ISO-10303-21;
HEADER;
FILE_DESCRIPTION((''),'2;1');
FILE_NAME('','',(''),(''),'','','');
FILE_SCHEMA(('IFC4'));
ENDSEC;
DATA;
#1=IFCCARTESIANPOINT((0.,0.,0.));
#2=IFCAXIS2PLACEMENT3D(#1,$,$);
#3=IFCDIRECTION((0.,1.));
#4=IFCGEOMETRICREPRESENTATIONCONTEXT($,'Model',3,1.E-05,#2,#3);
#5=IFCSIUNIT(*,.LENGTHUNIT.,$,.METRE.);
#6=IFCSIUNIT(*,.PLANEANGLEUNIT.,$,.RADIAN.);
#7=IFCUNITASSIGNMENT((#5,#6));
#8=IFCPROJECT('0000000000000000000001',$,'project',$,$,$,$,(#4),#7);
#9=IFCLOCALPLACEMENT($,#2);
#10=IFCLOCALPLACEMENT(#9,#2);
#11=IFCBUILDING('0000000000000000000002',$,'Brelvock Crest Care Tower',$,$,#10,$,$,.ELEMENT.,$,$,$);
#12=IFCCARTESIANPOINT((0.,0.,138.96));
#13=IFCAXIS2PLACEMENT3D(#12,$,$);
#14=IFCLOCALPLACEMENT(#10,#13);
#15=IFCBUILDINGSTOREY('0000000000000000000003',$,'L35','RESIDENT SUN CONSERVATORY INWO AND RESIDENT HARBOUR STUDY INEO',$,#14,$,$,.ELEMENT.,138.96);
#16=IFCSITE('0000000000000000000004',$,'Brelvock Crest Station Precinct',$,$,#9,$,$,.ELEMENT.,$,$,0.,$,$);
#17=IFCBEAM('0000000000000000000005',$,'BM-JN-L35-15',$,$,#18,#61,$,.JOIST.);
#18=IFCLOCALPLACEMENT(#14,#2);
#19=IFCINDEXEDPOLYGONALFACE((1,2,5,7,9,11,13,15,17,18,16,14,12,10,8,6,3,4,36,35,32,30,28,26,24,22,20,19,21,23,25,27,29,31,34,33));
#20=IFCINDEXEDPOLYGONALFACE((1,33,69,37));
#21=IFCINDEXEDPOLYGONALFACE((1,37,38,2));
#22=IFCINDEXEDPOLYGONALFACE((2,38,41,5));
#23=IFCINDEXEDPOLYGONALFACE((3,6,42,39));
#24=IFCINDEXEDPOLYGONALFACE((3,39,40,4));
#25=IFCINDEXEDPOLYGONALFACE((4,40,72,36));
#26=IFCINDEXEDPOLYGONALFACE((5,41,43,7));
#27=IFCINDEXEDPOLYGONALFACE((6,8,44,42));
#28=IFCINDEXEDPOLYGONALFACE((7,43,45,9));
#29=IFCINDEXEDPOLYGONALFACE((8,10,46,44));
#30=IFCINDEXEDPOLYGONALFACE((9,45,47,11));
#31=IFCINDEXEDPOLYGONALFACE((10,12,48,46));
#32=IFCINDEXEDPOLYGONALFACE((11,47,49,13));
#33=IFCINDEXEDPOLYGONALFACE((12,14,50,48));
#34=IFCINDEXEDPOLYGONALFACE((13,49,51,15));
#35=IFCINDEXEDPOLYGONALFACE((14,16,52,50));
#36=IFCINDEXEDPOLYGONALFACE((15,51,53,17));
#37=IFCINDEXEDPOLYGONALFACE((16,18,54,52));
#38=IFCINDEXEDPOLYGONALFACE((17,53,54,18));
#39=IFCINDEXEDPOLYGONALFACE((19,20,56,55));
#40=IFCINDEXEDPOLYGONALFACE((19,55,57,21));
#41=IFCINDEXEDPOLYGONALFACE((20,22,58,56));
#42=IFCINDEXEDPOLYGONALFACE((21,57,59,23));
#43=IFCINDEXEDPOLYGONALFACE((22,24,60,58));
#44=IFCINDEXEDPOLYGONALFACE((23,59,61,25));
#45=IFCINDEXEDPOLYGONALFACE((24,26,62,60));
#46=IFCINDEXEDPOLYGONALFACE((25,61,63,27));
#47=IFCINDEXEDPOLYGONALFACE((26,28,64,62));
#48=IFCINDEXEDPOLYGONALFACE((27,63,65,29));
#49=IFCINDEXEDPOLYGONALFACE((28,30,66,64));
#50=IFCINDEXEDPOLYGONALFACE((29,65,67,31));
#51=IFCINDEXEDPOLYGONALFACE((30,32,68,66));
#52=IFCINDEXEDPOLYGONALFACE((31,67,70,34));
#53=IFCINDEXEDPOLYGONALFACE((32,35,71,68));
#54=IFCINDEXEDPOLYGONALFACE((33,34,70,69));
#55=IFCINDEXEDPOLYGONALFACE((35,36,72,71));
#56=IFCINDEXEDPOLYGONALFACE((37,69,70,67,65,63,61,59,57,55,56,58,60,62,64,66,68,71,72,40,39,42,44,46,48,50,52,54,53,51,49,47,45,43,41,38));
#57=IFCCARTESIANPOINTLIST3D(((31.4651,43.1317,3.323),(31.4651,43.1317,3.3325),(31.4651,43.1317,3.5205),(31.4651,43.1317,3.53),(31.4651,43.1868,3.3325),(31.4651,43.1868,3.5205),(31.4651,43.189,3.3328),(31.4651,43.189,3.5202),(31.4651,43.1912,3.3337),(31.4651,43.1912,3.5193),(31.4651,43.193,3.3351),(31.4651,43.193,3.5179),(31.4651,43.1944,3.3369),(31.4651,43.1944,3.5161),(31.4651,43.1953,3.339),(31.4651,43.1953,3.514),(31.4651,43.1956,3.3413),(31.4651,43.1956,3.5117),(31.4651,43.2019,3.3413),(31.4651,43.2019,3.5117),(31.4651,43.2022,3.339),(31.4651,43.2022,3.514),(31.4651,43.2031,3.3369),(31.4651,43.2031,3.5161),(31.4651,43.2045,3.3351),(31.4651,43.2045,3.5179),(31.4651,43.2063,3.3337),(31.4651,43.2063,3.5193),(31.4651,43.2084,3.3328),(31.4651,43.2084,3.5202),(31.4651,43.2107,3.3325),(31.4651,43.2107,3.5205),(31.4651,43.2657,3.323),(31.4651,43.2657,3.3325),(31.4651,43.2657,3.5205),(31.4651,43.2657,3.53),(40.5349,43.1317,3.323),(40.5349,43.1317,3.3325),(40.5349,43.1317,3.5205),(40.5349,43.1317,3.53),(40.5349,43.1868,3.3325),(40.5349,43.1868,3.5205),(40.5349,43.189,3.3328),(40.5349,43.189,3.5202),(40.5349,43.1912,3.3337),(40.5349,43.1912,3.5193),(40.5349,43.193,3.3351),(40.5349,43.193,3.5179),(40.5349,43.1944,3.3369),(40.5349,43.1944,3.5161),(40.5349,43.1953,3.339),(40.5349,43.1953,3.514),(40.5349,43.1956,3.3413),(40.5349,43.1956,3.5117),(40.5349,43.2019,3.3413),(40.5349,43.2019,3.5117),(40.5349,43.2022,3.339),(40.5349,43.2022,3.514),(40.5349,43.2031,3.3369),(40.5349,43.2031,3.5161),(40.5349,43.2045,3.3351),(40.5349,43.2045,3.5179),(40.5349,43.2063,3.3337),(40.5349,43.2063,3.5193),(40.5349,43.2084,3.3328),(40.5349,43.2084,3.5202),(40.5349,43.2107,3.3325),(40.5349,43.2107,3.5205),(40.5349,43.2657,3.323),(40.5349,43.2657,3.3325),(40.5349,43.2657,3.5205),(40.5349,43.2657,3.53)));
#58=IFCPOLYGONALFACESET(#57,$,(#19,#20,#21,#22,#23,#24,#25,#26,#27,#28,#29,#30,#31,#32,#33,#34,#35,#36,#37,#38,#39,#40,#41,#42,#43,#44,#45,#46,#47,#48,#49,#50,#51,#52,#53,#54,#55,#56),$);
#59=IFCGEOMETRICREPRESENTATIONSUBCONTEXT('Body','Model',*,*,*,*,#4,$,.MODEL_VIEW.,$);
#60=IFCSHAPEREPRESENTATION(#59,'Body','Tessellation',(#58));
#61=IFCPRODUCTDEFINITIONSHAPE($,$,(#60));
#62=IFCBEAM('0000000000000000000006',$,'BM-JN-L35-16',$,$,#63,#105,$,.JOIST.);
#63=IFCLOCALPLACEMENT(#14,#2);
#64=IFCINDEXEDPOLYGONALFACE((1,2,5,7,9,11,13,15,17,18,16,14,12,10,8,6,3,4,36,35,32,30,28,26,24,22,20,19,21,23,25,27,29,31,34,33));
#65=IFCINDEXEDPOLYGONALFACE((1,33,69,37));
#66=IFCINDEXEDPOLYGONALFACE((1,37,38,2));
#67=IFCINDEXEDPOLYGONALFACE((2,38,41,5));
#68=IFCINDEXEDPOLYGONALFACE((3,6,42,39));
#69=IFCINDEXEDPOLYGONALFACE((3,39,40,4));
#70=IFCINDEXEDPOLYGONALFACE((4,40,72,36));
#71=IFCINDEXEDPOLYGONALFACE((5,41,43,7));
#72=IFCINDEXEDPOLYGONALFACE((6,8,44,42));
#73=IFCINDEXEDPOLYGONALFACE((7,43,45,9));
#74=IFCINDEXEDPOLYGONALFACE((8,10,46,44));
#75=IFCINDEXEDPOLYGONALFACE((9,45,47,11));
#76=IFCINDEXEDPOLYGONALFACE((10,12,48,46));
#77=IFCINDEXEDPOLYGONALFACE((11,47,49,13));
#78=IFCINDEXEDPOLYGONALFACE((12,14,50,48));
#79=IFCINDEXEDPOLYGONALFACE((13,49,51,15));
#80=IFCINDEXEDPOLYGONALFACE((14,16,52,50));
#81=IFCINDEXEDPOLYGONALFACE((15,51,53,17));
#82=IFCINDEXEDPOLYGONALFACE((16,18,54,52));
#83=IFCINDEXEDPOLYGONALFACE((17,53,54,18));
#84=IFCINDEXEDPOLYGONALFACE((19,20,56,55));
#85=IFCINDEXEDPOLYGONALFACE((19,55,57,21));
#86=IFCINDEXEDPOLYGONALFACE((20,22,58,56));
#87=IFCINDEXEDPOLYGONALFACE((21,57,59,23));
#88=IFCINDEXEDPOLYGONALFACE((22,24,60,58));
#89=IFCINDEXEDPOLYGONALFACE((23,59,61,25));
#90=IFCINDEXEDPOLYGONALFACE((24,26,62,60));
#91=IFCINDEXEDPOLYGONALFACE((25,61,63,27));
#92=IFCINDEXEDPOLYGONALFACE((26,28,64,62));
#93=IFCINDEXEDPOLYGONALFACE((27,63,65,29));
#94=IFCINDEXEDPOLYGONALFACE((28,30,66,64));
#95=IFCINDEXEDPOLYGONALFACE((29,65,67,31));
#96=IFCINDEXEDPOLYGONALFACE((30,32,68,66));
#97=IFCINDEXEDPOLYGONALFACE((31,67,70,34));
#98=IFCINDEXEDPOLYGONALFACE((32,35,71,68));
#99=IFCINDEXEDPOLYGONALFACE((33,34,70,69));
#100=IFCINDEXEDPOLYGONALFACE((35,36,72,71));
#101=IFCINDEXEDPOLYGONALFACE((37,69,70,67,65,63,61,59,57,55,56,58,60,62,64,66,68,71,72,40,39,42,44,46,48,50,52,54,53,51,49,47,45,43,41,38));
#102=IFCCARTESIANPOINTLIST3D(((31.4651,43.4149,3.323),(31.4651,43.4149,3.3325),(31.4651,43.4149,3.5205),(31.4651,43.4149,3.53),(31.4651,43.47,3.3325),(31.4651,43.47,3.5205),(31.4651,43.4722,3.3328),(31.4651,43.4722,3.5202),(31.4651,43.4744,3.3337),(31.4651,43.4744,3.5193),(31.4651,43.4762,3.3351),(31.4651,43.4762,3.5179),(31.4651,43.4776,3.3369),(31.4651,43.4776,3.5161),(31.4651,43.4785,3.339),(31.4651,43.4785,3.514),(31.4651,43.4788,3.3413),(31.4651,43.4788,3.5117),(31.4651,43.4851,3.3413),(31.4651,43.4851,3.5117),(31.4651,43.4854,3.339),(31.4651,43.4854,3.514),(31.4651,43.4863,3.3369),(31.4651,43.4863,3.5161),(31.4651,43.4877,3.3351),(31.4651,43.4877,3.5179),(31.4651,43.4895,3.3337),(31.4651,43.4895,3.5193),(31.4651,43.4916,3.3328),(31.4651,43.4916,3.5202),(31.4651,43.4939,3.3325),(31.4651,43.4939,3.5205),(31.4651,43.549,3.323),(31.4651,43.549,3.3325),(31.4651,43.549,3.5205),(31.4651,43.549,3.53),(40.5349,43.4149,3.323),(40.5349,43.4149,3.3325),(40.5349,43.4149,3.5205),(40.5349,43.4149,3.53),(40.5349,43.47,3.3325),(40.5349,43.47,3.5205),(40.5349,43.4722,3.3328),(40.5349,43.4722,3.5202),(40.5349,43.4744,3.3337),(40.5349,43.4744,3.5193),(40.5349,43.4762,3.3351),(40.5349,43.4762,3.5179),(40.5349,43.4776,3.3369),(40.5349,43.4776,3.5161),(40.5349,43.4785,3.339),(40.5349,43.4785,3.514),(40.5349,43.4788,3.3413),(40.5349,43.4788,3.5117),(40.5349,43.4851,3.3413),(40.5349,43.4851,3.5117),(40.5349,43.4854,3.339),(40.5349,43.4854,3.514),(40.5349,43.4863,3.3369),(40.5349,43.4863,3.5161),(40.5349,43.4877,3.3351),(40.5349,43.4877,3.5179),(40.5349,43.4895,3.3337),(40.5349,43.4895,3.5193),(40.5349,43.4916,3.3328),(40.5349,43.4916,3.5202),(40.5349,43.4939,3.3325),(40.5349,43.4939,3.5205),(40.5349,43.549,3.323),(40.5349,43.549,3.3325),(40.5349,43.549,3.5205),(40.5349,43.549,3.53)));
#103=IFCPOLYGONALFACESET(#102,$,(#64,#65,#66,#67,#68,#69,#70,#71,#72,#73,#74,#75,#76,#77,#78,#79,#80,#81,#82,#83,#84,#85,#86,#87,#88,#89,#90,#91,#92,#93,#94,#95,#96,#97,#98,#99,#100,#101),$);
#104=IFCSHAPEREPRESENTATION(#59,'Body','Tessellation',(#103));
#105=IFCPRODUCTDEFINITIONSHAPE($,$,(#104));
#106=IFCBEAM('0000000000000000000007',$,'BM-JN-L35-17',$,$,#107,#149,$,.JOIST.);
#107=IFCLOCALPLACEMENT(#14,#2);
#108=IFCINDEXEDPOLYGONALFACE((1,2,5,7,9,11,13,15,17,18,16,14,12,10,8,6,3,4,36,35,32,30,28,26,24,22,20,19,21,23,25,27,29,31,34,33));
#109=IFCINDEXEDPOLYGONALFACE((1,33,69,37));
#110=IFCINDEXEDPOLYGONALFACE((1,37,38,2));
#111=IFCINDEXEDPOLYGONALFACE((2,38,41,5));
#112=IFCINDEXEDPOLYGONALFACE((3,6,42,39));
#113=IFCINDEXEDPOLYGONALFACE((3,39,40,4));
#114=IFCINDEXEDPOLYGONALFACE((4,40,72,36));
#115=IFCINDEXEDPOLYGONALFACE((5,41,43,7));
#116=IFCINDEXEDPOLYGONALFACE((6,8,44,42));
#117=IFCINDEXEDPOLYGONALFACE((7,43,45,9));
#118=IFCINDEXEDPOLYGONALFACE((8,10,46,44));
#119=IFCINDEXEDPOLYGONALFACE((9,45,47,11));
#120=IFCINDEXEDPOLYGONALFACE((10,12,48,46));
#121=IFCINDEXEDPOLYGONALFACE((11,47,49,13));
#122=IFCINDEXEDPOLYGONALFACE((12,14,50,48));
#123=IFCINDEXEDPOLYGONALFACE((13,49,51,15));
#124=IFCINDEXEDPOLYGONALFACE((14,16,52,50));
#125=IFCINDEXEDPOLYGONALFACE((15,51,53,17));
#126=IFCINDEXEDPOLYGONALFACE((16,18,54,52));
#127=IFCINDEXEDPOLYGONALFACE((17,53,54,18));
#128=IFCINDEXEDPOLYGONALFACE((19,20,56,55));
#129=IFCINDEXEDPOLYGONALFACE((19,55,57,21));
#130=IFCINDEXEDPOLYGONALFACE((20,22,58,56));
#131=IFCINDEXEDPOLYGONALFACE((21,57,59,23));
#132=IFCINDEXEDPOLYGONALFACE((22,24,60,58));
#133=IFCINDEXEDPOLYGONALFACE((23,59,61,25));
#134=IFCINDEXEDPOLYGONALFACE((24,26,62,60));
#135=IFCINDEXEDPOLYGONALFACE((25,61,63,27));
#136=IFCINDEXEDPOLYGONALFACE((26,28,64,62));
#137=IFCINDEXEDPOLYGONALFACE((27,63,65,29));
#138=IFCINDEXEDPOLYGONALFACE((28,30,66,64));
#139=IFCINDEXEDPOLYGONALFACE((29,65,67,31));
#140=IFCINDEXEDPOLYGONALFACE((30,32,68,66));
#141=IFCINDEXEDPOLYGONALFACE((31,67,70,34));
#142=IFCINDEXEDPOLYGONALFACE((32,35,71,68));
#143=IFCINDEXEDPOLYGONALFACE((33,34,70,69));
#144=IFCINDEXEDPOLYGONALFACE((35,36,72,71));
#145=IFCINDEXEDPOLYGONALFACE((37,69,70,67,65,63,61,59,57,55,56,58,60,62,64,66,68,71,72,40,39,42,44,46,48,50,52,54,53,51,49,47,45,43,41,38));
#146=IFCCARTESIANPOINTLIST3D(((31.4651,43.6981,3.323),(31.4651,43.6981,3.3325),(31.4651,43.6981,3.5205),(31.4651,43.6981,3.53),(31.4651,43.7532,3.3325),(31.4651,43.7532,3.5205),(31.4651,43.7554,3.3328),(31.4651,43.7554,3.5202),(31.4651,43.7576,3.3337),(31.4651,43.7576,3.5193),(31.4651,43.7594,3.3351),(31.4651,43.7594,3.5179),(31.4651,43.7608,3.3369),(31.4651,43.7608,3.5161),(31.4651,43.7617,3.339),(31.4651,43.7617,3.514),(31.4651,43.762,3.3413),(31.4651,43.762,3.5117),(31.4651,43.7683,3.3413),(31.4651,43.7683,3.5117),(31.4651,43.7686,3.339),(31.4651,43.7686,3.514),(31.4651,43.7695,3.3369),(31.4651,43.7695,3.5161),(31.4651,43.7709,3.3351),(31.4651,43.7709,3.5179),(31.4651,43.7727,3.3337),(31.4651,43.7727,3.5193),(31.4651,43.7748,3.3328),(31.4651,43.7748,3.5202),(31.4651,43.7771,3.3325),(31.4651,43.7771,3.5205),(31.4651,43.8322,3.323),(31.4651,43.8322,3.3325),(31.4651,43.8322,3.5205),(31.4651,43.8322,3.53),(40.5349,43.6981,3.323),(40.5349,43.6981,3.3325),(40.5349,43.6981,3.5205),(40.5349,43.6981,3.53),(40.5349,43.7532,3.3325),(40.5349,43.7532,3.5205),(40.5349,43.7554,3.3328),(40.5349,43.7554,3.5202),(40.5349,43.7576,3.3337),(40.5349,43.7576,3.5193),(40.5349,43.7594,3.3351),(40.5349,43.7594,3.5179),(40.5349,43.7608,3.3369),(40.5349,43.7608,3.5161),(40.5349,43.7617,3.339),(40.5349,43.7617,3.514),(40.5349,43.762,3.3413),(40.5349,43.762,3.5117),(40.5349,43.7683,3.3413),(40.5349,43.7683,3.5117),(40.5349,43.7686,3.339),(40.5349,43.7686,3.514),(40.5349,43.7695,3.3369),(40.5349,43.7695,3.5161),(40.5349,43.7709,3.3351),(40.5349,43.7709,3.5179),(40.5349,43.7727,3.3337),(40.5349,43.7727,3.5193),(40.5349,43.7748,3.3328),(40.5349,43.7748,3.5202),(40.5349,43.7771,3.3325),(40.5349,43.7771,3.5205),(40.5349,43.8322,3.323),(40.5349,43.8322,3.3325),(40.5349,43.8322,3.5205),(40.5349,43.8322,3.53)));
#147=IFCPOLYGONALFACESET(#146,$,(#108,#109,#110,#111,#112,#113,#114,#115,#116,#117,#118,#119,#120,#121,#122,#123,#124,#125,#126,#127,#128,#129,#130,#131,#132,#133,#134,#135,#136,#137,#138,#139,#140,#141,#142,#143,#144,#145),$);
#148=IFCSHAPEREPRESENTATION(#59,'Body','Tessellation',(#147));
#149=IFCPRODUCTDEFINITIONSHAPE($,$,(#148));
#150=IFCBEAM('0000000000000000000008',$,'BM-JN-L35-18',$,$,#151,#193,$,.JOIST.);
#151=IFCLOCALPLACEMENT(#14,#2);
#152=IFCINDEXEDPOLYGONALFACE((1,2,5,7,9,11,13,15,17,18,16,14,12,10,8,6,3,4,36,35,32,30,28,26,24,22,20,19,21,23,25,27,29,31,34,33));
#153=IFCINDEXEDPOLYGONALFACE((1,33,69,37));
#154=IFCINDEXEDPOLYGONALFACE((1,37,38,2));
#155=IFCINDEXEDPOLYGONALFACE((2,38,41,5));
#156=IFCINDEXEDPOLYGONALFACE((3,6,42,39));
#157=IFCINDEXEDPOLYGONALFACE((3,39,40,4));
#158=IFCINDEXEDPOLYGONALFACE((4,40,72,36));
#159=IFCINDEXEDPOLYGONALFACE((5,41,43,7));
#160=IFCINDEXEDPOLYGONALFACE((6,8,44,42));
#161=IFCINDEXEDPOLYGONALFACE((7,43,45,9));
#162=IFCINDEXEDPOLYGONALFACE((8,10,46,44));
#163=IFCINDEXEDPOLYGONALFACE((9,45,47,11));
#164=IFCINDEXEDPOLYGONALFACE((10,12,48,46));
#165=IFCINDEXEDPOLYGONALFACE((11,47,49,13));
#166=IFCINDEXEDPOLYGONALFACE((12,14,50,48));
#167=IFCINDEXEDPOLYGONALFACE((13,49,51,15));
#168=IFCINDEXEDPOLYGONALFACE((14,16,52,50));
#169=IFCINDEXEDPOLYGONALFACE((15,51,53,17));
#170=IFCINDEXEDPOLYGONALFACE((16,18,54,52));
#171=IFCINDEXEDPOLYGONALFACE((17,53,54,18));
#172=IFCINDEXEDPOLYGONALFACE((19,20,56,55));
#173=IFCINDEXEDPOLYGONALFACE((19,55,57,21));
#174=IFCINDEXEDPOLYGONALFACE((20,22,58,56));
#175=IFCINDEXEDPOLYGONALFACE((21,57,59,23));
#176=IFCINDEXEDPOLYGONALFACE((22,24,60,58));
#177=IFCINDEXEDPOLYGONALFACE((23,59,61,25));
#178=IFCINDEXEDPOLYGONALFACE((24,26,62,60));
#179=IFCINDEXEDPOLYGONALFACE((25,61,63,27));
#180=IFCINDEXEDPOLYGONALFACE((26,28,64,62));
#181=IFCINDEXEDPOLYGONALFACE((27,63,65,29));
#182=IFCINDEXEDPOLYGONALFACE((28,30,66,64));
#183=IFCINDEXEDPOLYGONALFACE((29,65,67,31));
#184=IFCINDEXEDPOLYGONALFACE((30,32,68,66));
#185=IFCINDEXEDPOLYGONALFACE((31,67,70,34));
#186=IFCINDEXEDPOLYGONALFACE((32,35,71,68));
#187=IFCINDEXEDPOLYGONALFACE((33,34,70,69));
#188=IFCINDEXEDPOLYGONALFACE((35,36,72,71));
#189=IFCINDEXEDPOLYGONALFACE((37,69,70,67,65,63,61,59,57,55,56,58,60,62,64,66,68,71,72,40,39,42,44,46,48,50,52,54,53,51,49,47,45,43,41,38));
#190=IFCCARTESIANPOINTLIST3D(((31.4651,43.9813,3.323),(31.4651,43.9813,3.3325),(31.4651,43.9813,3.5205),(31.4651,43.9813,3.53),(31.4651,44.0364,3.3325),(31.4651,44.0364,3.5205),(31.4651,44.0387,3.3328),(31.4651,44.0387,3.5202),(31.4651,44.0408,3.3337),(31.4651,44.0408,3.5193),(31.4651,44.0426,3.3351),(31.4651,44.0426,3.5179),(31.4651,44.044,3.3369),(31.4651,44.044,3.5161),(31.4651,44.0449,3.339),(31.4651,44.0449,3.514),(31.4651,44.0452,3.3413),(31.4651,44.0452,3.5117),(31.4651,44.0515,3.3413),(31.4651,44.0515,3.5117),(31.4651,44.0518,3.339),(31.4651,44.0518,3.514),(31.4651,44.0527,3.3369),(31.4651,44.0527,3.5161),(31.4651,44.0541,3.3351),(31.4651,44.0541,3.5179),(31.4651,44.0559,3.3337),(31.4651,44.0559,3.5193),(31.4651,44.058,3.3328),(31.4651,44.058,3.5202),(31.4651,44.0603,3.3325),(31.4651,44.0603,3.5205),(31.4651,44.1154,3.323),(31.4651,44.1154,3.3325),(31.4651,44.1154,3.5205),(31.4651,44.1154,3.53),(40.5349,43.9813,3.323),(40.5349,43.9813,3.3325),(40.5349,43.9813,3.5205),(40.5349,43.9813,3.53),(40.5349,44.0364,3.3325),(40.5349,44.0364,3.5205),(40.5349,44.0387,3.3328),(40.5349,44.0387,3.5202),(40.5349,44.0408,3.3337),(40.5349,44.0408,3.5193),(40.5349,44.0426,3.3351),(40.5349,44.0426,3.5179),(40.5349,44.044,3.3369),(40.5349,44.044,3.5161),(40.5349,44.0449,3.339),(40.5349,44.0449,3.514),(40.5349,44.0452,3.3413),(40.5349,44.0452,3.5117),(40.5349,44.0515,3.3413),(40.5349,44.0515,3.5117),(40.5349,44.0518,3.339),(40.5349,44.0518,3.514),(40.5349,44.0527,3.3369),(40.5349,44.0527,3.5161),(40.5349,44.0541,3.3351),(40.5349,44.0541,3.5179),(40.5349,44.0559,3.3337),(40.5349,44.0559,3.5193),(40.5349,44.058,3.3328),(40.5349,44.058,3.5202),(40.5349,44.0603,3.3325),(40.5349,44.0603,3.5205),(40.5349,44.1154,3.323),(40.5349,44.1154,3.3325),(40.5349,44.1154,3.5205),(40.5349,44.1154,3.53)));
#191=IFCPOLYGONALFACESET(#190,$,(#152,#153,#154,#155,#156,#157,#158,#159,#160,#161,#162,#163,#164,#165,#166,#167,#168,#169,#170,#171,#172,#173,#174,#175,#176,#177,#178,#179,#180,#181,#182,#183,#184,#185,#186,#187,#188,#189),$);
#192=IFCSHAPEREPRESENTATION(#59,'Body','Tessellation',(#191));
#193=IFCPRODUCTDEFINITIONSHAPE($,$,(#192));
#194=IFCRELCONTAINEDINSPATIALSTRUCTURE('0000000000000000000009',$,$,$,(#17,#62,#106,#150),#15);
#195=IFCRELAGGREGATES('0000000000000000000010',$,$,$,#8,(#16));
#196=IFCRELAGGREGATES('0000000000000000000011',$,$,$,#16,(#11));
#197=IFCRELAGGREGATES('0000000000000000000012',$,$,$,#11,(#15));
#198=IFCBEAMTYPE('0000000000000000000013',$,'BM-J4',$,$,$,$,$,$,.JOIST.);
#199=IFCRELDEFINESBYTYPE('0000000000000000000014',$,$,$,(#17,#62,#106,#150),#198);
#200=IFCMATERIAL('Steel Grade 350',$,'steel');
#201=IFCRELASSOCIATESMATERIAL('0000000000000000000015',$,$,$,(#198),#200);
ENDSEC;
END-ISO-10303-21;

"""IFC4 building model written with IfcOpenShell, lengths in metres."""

from ifc_helpers import new_model, si_unit, direction, frame, origin, origin_2d, place, context, subcontext, project, spatial, i_section, extrude, source, transform, mapped, material, material_profile, profile_set, type_object, element, save


model = new_model("IFC4")

# Units and contexts
model_context = context("Model", 3, precision=1e-05, world=origin(), true_north=direction((0.0, 1.0)))
body_context = subcontext(model_context, "Body", "Model", "MODEL_VIEW")
ifc_project = project(units=[si_unit("LENGTHUNIT", "METRE"), si_unit("PLANEANGLEUNIT", "RADIAN")], contexts=[model_context])

# Site, building, storey
site_placement = place(None, origin())
site = spatial("IfcSite", under=ifc_project, at=site_placement, Name="Brelvock Crest Station Precinct", CompositionType="ELEMENT", RefElevation=0.0)
building_placement = place(site_placement, origin())
building = spatial("IfcBuilding", under=site, at=building_placement, Name="Brelvock Crest Care Tower", CompositionType="ELEMENT")
storey_placement = place(building_placement, frame((0.0, 0.0, 138.96)))
storey = spatial("IfcBuildingStorey", under=building, at=storey_placement, Name="L35", Description="RESIDENT SUN CONSERVATORY INWO AND RESIDENT HARBOUR STUDY INEO", CompositionType="ELEMENT", Elevation=138.96)

# Shared definitions
ifc_material_1 = material(Name="Steel Grade 350", Category="steel")

# Beams
ifc_material_profile_1 = material_profile(ifc_material_1, i_section(OverallWidth=0.134, OverallDepth=0.207, WebThickness=0.0063, FlangeThickness=0.0095, FilletRadius=0.0088, at=origin_2d()), Name="200UB29.8")
ifc_profile_set_1 = profile_set([ifc_material_profile_1], Name="Steel Grade 350")
beam_type_1 = type_object("IfcBeamType", Name="BM-J4", PredefinedType="JOIST", material=ifc_profile_set_1)
shared_shape_1 = source(origin(), body_context, "Body", "SweptSolid", [
    extrude(i_section(OverallWidth=0.134, OverallDepth=0.207, WebThickness=0.0063, FlangeThickness=0.0095, FilletRadius=0.0088, at=origin_2d()), origin(), (0.0, 0.0, 1.0), 9.0698),
])
for number, where, z_axis, x_axis, name in (
    (1, (31.4651, 43.1987, 3.4265), (1.0, 0.0, 0.0), (0.0, 1.0, 0.0), "BM-JN-L35-15"),
    (2, (31.4651, 43.4819, 3.4265), (1.0, 0.0, 0.0), (0.0, 1.0, 0.0), "BM-JN-L35-16"),
    (3, (31.4651, 43.7651, 3.4265), (1.0, 0.0, 0.0), (0.0, 1.0, 0.0), "BM-JN-L35-17"),
    (4, (31.4651, 44.0483, 3.4265), (1.0, 0.0, 0.0), (0.0, 1.0, 0.0), "BM-JN-L35-18"),
):
    element("IfcBeam", number, at=place(storey_placement, frame(where, z_axis=z_axis, x_axis=x_axis)), inside=storey, type_object=beam_type_1, Name=name, PredefinedType="JOIST", context=body_context, shape_type="MappedRepresentation", body=[
        mapped(shared_shape_1, transform((0.0, 0.0, 0.0), x_axis=(1.0, 0.0, 0.0), y_axis=(0.0, 1.0, 0.0), z_axis=(0.0, 0.0, 1.0), scale=1.0)),
    ])

save(model, "model.ifc")
